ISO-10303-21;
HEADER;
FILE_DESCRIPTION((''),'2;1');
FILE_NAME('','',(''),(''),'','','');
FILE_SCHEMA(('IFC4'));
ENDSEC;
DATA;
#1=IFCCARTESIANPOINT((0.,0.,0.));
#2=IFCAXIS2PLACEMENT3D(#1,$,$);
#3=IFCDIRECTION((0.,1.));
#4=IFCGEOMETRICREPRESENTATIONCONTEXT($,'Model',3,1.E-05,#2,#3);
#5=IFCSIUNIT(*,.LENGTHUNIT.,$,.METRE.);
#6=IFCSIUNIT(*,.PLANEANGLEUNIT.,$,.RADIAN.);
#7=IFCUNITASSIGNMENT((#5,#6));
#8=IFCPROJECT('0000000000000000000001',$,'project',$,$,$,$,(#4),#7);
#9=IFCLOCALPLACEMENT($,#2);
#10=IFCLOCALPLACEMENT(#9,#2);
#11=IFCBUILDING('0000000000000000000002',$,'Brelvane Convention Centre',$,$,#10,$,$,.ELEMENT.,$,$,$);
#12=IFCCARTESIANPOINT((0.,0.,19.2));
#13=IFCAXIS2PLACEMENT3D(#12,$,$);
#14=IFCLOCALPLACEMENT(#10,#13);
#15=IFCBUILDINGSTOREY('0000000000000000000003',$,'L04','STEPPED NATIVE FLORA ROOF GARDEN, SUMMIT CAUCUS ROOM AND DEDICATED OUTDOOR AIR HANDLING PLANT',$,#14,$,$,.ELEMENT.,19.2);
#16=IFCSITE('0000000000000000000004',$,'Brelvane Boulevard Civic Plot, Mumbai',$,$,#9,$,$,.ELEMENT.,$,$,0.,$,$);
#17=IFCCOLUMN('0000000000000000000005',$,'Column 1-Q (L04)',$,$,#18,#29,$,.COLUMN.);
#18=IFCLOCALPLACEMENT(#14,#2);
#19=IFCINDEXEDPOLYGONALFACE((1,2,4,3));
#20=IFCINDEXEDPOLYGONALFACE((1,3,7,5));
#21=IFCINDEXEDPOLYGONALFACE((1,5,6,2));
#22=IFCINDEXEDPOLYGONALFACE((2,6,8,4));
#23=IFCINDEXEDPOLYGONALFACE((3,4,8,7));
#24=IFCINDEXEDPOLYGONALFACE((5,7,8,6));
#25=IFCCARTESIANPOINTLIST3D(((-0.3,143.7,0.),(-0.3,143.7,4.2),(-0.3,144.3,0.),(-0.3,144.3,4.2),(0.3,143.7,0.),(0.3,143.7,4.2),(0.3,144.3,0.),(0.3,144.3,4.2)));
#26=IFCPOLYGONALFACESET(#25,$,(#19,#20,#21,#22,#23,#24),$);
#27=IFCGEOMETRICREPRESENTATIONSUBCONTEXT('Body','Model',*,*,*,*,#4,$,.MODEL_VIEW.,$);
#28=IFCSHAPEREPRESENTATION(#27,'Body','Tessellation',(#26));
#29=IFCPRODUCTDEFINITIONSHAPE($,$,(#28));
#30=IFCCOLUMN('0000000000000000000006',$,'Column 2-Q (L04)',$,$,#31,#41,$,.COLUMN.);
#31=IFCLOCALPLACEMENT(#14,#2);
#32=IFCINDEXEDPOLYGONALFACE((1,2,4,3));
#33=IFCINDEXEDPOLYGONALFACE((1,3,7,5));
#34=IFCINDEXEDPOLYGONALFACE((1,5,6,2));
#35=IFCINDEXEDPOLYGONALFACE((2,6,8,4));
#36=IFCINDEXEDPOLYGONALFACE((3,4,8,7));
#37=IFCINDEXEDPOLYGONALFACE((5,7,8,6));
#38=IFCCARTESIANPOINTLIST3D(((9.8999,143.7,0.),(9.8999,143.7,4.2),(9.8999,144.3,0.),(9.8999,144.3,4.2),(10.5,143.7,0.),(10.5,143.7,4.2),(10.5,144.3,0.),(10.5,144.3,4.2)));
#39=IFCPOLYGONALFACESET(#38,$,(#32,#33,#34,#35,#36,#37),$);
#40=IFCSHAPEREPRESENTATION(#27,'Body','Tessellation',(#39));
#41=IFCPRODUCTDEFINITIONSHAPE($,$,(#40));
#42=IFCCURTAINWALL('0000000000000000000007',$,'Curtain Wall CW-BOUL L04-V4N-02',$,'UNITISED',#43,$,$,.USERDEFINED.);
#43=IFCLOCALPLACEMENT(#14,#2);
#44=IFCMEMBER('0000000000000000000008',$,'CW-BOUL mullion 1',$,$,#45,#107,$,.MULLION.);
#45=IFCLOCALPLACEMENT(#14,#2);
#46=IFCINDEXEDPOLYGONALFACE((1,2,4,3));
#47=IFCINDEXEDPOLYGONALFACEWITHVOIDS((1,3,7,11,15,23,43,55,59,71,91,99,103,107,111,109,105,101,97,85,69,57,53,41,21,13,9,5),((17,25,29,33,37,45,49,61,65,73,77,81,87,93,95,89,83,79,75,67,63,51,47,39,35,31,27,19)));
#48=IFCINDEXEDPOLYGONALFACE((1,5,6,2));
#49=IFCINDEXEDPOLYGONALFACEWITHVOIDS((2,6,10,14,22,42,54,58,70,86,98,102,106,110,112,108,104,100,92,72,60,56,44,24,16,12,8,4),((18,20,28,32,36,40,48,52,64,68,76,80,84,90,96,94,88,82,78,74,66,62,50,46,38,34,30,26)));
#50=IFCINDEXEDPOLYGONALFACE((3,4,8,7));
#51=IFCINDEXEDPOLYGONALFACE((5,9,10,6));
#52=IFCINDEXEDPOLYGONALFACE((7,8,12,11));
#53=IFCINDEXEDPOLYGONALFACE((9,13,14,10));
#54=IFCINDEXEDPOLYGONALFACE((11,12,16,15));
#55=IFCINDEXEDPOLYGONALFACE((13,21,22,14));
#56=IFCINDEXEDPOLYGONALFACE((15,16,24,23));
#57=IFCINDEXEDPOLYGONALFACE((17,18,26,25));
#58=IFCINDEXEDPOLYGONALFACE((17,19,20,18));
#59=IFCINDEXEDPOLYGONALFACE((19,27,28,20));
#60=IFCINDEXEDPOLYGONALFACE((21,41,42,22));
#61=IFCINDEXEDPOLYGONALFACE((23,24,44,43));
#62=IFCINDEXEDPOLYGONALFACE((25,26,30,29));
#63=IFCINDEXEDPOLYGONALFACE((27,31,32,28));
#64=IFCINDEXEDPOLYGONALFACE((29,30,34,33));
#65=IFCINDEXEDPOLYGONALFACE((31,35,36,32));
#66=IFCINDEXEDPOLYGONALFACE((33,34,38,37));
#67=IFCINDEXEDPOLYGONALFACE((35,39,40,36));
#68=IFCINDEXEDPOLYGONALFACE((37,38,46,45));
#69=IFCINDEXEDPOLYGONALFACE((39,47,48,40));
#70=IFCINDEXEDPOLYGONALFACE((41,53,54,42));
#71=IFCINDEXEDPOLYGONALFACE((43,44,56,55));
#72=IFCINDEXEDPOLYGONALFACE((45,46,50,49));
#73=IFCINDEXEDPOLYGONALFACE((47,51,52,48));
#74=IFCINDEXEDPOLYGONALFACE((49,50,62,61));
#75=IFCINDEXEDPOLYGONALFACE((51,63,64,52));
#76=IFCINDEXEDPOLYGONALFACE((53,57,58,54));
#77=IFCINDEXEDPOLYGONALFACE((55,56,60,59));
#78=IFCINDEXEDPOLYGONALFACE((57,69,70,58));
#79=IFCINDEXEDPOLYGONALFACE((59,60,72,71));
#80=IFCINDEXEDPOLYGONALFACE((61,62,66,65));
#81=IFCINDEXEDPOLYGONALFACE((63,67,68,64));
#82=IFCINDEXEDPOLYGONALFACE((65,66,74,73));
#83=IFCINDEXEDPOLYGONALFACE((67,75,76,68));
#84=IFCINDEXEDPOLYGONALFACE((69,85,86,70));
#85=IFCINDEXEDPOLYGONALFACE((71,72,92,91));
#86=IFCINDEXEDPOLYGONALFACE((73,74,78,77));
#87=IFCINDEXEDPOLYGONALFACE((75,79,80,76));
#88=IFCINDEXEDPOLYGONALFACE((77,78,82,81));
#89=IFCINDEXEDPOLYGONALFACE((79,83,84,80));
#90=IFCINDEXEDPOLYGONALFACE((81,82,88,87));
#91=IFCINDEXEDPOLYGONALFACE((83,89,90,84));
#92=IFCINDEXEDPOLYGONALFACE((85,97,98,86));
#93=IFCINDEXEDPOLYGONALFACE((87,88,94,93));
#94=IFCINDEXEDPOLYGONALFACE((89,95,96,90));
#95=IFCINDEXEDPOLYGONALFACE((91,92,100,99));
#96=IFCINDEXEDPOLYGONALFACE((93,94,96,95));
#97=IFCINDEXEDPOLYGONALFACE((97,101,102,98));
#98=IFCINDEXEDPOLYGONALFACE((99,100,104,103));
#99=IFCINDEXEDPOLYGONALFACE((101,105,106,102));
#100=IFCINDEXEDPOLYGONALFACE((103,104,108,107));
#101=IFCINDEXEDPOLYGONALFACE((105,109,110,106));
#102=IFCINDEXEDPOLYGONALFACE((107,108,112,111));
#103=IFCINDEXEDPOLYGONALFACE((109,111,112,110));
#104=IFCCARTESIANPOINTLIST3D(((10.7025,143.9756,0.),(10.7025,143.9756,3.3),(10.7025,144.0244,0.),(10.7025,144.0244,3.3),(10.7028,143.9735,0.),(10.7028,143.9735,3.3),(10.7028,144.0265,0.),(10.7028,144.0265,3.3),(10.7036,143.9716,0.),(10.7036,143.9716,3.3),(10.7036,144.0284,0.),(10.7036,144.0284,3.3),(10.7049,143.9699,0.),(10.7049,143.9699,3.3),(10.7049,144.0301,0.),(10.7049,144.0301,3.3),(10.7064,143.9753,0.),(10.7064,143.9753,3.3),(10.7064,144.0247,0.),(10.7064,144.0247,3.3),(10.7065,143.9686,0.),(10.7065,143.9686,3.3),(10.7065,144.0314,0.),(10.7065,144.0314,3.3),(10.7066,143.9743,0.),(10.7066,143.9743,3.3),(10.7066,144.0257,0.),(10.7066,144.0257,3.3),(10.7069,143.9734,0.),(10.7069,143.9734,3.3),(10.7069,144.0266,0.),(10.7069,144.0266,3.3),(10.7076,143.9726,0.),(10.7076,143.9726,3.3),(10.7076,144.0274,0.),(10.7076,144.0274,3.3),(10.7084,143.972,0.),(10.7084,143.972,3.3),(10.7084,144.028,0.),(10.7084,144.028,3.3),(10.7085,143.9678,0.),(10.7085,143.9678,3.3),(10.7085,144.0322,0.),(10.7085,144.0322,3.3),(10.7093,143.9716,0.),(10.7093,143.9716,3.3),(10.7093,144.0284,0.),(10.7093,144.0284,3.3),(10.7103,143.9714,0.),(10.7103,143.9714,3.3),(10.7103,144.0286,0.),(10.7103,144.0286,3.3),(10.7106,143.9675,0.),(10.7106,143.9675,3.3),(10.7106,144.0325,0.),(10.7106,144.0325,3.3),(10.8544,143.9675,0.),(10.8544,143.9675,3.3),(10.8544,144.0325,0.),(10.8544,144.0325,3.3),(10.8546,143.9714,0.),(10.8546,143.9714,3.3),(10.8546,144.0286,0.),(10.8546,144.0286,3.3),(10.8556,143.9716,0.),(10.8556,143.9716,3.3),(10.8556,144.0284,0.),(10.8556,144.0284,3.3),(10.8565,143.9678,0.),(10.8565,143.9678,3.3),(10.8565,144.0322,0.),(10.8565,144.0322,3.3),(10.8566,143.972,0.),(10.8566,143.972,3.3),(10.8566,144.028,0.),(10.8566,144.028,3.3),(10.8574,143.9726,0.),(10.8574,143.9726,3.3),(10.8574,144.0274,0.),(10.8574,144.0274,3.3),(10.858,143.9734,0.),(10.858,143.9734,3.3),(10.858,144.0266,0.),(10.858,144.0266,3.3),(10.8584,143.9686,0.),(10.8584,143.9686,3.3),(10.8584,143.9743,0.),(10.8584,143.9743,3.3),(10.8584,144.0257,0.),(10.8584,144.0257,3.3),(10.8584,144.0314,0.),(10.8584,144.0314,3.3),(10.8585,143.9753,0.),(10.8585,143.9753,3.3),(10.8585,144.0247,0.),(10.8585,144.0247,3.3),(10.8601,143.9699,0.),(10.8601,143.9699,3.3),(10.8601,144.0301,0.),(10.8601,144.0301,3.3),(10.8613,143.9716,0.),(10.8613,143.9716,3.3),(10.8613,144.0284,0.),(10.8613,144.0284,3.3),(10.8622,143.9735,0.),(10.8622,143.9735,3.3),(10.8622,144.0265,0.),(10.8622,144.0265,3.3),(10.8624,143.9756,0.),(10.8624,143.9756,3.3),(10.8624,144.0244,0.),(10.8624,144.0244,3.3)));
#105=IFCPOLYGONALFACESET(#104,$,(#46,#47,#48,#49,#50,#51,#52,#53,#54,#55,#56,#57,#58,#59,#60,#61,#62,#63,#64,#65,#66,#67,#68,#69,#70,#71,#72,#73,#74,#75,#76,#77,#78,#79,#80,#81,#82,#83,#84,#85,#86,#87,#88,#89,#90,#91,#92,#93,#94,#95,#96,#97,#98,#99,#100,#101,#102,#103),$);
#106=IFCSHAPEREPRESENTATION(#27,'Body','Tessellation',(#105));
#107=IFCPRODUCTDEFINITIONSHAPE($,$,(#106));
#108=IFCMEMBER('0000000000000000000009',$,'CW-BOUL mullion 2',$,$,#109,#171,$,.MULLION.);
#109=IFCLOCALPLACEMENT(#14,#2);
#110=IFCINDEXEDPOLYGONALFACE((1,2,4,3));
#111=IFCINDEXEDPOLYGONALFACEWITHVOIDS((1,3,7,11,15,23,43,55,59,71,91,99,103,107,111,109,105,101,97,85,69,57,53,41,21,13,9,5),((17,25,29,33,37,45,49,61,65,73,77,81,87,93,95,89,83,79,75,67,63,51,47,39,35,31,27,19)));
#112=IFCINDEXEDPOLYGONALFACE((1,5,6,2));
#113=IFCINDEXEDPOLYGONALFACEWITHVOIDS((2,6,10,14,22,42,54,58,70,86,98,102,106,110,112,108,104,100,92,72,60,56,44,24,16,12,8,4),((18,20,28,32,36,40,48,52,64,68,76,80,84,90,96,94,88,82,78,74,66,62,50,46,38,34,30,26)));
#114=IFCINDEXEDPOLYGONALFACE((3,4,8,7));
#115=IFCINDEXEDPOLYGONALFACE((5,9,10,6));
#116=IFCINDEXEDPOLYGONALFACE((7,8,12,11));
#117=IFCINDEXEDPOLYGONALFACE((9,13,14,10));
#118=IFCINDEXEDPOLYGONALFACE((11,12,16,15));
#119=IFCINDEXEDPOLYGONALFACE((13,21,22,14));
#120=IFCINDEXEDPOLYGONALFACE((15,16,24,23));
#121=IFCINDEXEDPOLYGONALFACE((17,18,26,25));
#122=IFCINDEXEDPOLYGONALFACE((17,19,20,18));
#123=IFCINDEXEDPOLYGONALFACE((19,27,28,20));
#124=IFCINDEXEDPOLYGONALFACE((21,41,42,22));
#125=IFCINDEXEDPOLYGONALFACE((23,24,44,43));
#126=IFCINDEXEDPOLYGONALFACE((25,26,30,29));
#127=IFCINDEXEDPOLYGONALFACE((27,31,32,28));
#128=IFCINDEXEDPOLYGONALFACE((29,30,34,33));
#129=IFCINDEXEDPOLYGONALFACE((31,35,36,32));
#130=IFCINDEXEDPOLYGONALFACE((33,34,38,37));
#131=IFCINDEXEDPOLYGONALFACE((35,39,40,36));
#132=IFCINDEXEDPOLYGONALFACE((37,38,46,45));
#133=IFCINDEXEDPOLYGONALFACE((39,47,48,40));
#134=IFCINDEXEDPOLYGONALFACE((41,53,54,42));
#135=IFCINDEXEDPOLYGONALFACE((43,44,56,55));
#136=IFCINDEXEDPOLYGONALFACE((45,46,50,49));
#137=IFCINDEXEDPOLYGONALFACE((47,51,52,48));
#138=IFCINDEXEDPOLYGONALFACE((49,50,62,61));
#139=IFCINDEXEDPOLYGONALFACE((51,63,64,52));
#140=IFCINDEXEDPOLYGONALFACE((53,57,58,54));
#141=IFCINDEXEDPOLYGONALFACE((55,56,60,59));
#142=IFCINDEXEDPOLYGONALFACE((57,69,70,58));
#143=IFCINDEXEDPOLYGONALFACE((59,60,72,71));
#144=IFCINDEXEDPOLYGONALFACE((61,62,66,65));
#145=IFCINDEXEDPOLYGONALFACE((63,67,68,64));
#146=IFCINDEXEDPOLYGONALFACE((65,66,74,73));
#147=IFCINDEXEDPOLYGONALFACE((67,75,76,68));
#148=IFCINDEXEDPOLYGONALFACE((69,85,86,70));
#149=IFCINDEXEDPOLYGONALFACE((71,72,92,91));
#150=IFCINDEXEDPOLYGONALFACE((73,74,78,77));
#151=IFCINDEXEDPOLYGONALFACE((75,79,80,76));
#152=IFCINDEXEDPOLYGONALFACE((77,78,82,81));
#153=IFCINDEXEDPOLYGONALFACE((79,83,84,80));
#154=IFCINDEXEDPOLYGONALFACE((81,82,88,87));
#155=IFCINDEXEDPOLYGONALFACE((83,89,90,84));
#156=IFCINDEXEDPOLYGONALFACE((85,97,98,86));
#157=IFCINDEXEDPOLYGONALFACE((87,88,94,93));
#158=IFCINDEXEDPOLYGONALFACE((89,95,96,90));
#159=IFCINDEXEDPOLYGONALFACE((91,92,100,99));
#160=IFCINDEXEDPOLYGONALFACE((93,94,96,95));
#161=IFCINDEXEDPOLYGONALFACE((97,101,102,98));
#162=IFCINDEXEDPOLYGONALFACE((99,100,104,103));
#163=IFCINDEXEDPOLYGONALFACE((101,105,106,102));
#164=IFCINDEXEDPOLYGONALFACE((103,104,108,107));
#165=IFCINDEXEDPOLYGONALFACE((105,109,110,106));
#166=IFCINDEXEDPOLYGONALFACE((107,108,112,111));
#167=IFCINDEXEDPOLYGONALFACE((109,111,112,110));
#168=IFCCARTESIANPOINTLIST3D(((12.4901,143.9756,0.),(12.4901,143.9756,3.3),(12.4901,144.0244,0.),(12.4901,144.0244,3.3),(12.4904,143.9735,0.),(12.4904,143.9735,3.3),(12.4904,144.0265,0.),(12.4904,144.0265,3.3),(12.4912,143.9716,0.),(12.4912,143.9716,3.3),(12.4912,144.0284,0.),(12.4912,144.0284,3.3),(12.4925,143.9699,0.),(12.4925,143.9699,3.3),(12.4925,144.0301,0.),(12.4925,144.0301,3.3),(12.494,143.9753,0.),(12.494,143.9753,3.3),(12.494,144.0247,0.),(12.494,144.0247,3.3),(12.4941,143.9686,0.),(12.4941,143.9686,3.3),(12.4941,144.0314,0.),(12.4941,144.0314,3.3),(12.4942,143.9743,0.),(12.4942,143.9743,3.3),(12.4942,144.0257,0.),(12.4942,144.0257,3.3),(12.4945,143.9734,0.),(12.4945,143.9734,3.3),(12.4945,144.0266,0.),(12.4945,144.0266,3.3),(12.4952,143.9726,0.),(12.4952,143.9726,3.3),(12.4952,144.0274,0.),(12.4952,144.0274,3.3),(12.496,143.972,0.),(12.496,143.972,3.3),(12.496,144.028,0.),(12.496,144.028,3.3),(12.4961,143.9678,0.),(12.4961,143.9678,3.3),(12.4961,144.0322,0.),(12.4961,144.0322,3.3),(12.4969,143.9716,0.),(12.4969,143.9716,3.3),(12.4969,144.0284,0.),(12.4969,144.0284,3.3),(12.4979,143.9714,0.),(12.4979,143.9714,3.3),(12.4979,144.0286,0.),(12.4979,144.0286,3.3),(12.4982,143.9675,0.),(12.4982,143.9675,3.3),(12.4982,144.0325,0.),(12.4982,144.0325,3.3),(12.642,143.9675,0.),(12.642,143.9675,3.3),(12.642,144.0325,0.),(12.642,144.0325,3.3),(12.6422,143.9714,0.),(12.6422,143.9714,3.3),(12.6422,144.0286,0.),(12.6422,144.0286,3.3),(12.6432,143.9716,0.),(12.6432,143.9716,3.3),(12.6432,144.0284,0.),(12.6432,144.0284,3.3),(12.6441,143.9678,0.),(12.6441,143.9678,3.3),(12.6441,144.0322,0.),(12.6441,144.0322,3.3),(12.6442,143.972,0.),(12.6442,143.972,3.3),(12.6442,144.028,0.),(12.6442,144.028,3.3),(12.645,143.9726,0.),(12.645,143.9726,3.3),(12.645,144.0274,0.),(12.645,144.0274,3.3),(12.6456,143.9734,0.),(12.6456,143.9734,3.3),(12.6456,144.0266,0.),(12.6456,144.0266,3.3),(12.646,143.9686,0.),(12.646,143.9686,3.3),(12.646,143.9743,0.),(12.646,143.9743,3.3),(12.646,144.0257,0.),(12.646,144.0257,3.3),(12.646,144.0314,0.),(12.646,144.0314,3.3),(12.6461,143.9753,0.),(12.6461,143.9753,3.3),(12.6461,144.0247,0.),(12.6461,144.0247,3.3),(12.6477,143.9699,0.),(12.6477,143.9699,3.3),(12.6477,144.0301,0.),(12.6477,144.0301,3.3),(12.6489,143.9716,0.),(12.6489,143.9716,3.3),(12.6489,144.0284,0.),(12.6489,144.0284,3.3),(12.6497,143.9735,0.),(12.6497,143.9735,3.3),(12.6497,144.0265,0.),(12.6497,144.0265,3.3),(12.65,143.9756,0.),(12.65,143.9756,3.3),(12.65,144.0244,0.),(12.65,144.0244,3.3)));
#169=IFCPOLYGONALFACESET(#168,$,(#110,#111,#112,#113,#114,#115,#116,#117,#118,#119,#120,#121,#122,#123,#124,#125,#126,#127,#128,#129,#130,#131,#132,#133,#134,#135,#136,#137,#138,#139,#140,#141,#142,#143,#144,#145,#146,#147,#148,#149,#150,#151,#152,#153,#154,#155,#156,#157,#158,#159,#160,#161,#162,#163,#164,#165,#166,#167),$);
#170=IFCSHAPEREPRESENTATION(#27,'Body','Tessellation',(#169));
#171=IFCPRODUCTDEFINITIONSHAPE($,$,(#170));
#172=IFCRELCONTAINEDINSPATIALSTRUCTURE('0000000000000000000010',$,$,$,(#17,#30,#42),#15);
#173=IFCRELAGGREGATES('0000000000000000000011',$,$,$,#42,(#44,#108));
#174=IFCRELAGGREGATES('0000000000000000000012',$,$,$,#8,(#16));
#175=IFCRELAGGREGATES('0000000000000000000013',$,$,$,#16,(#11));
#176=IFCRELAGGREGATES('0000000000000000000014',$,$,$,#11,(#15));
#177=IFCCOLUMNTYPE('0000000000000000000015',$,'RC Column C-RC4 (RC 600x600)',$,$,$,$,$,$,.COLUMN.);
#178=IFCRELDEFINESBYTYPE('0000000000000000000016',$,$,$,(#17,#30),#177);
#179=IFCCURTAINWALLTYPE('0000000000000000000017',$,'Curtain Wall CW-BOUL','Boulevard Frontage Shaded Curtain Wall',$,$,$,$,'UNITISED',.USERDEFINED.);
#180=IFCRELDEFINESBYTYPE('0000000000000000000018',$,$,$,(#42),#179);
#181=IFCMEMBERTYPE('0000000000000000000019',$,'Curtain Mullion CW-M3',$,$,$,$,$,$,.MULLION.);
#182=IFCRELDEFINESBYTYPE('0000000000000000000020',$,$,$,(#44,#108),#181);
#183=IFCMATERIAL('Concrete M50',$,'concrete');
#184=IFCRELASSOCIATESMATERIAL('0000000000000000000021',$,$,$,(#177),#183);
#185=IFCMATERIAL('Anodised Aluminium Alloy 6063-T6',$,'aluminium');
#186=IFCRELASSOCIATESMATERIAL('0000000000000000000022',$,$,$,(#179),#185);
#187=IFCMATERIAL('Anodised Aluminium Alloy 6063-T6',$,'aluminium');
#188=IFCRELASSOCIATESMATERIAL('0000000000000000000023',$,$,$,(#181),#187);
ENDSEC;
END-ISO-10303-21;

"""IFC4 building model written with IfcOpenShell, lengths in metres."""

from ifc_helpers import new_model, si_unit, direction, frame, origin, origin_2d, place, context, subcontext, project, spatial, rectangle, hollow_rectangle, extrude, material, material_profile, profile_set, type_object, element, aggregate, save


model = new_model("IFC4")

# Units and contexts
model_context = context("Model", 3, precision=1e-05, world=origin(), true_north=direction((0.0, 1.0)))
body_context = subcontext(model_context, "Body", "Model", "MODEL_VIEW")
ifc_project = project(units=[si_unit("LENGTHUNIT", "METRE"), si_unit("PLANEANGLEUNIT", "RADIAN")], contexts=[model_context])

# Site, building, storey
site_placement = place(None, origin())
site = spatial("IfcSite", under=ifc_project, at=site_placement, Name="Brelvane Boulevard Civic Plot, Mumbai", CompositionType="ELEMENT", RefElevation=0.0)
building_placement = place(site_placement, origin())
building = spatial("IfcBuilding", under=site, at=building_placement, Name="Brelvane Convention Centre", CompositionType="ELEMENT")
storey_placement = place(building_placement, frame((0.0, 0.0, 19.2)))
storey = spatial("IfcBuildingStorey", under=building, at=storey_placement, Name="L04", Description="STEPPED NATIVE FLORA ROOF GARDEN, SUMMIT CAUCUS ROOM AND DEDICATED OUTDOOR AIR HANDLING PLANT", CompositionType="ELEMENT", Elevation=19.2)

# Columns
ifc_material_1 = material(Name="Concrete M50", Category="concrete")
ifc_material_profile_1 = material_profile(ifc_material_1, rectangle(XDim=0.6001, YDim=0.6001, at=origin_2d()), Name="RC 600x600")
ifc_profile_set_1 = profile_set([ifc_material_profile_1], Name="Concrete M50")
column_type = type_object("IfcColumnType", Name="RC Column C-RC4 (RC 600x600)", PredefinedType="COLUMN", material=ifc_profile_set_1)
for number, where, z_axis, x_axis, name in (
    (1, (0.0, 144.0, 0.0), (0.0, 0.0, 1.0), (1.0, 0.0, 0.0), "Column 1-Q (L04)"),
    (2, (10.2, 144.0, 0.0), (0.0, 0.0, 1.0), (1.0, 0.0, 0.0), "Column 2-Q (L04)"),
):
    element("IfcColumn", number, at=place(storey_placement, frame(where, z_axis=z_axis, x_axis=x_axis)), inside=storey, type_object=column_type, Name=name, PredefinedType="COLUMN", context=body_context, shape_type="SweptSolid", body=[
        extrude(rectangle(XDim=0.6001, YDim=0.6001, at=origin_2d()), origin(), (0.0, 0.0, 1.0), 4.2),
    ])

# Curtain wall, members
ifc_material_2 = material(Name="Anodised Aluminium Alloy 6063-T6", Category="aluminium")
curtain_wall_type = type_object("IfcCurtainWallType", Name="Curtain Wall CW-BOUL", Description="Boulevard Frontage Shaded Curtain Wall", ElementType="UNITISED", PredefinedType="USERDEFINED", material=ifc_material_2)
curtain_wall_placement = place(storey_placement, origin())
curtain_wall = element("IfcCurtainWall", 3, at=curtain_wall_placement, inside=storey, type_object=curtain_wall_type, Name="Curtain Wall CW-BOUL L04-V4N-02", ObjectType="UNITISED", PredefinedType="USERDEFINED")
ifc_material_3 = material(Name="Anodised Aluminium Alloy 6063-T6", Category="aluminium")
ifc_material_profile_2 = material_profile(ifc_material_3, hollow_rectangle(XDim=0.0649, YDim=0.1599, WallThickness=0.0039, InnerFilletRadius=0.0039, OuterFilletRadius=0.0081, at=origin_2d()), Name="ALU-M 160x65x4.0")
ifc_profile_set_2 = profile_set([ifc_material_profile_2], Name="Anodised Aluminium Alloy 6063-T6")
member_type_1 = type_object("IfcMemberType", Name="Curtain Mullion CW-M3", PredefinedType="MULLION", material=ifc_profile_set_2)
member_1_placement = place(storey_placement, frame((10.7825, 144.0, 0.0), z_axis=(0.0, 0.0, 1.0), x_axis=(0.0, 1.0, 0.0)))
member_1 = element("IfcMember", 4, at=member_1_placement, type_object=member_type_1, Name="CW-BOUL mullion 1", PredefinedType="MULLION", context=body_context, shape_type="SweptSolid", body=[
    extrude(hollow_rectangle(XDim=0.0649, YDim=0.1599, WallThickness=0.0039, InnerFilletRadius=0.0039, OuterFilletRadius=0.0081, at=origin_2d()), origin(), (0.0, 0.0, 1.0), 3.3),
])
member_2_placement = place(storey_placement, frame((12.5701, 144.0, 0.0), z_axis=(0.0, 0.0, 1.0), x_axis=(0.0, 1.0, 0.0)))
member_2 = element("IfcMember", 5, at=member_2_placement, type_object=member_type_1, Name="CW-BOUL mullion 2", PredefinedType="MULLION", context=body_context, shape_type="SweptSolid", body=[
    extrude(hollow_rectangle(XDim=0.0649, YDim=0.1599, WallThickness=0.0039, InnerFilletRadius=0.0039, OuterFilletRadius=0.0081, at=origin_2d()), origin(), (0.0, 0.0, 1.0), 3.3),
])

aggregate(curtain_wall, [member_1, member_2])

save(model, "model.ifc")
